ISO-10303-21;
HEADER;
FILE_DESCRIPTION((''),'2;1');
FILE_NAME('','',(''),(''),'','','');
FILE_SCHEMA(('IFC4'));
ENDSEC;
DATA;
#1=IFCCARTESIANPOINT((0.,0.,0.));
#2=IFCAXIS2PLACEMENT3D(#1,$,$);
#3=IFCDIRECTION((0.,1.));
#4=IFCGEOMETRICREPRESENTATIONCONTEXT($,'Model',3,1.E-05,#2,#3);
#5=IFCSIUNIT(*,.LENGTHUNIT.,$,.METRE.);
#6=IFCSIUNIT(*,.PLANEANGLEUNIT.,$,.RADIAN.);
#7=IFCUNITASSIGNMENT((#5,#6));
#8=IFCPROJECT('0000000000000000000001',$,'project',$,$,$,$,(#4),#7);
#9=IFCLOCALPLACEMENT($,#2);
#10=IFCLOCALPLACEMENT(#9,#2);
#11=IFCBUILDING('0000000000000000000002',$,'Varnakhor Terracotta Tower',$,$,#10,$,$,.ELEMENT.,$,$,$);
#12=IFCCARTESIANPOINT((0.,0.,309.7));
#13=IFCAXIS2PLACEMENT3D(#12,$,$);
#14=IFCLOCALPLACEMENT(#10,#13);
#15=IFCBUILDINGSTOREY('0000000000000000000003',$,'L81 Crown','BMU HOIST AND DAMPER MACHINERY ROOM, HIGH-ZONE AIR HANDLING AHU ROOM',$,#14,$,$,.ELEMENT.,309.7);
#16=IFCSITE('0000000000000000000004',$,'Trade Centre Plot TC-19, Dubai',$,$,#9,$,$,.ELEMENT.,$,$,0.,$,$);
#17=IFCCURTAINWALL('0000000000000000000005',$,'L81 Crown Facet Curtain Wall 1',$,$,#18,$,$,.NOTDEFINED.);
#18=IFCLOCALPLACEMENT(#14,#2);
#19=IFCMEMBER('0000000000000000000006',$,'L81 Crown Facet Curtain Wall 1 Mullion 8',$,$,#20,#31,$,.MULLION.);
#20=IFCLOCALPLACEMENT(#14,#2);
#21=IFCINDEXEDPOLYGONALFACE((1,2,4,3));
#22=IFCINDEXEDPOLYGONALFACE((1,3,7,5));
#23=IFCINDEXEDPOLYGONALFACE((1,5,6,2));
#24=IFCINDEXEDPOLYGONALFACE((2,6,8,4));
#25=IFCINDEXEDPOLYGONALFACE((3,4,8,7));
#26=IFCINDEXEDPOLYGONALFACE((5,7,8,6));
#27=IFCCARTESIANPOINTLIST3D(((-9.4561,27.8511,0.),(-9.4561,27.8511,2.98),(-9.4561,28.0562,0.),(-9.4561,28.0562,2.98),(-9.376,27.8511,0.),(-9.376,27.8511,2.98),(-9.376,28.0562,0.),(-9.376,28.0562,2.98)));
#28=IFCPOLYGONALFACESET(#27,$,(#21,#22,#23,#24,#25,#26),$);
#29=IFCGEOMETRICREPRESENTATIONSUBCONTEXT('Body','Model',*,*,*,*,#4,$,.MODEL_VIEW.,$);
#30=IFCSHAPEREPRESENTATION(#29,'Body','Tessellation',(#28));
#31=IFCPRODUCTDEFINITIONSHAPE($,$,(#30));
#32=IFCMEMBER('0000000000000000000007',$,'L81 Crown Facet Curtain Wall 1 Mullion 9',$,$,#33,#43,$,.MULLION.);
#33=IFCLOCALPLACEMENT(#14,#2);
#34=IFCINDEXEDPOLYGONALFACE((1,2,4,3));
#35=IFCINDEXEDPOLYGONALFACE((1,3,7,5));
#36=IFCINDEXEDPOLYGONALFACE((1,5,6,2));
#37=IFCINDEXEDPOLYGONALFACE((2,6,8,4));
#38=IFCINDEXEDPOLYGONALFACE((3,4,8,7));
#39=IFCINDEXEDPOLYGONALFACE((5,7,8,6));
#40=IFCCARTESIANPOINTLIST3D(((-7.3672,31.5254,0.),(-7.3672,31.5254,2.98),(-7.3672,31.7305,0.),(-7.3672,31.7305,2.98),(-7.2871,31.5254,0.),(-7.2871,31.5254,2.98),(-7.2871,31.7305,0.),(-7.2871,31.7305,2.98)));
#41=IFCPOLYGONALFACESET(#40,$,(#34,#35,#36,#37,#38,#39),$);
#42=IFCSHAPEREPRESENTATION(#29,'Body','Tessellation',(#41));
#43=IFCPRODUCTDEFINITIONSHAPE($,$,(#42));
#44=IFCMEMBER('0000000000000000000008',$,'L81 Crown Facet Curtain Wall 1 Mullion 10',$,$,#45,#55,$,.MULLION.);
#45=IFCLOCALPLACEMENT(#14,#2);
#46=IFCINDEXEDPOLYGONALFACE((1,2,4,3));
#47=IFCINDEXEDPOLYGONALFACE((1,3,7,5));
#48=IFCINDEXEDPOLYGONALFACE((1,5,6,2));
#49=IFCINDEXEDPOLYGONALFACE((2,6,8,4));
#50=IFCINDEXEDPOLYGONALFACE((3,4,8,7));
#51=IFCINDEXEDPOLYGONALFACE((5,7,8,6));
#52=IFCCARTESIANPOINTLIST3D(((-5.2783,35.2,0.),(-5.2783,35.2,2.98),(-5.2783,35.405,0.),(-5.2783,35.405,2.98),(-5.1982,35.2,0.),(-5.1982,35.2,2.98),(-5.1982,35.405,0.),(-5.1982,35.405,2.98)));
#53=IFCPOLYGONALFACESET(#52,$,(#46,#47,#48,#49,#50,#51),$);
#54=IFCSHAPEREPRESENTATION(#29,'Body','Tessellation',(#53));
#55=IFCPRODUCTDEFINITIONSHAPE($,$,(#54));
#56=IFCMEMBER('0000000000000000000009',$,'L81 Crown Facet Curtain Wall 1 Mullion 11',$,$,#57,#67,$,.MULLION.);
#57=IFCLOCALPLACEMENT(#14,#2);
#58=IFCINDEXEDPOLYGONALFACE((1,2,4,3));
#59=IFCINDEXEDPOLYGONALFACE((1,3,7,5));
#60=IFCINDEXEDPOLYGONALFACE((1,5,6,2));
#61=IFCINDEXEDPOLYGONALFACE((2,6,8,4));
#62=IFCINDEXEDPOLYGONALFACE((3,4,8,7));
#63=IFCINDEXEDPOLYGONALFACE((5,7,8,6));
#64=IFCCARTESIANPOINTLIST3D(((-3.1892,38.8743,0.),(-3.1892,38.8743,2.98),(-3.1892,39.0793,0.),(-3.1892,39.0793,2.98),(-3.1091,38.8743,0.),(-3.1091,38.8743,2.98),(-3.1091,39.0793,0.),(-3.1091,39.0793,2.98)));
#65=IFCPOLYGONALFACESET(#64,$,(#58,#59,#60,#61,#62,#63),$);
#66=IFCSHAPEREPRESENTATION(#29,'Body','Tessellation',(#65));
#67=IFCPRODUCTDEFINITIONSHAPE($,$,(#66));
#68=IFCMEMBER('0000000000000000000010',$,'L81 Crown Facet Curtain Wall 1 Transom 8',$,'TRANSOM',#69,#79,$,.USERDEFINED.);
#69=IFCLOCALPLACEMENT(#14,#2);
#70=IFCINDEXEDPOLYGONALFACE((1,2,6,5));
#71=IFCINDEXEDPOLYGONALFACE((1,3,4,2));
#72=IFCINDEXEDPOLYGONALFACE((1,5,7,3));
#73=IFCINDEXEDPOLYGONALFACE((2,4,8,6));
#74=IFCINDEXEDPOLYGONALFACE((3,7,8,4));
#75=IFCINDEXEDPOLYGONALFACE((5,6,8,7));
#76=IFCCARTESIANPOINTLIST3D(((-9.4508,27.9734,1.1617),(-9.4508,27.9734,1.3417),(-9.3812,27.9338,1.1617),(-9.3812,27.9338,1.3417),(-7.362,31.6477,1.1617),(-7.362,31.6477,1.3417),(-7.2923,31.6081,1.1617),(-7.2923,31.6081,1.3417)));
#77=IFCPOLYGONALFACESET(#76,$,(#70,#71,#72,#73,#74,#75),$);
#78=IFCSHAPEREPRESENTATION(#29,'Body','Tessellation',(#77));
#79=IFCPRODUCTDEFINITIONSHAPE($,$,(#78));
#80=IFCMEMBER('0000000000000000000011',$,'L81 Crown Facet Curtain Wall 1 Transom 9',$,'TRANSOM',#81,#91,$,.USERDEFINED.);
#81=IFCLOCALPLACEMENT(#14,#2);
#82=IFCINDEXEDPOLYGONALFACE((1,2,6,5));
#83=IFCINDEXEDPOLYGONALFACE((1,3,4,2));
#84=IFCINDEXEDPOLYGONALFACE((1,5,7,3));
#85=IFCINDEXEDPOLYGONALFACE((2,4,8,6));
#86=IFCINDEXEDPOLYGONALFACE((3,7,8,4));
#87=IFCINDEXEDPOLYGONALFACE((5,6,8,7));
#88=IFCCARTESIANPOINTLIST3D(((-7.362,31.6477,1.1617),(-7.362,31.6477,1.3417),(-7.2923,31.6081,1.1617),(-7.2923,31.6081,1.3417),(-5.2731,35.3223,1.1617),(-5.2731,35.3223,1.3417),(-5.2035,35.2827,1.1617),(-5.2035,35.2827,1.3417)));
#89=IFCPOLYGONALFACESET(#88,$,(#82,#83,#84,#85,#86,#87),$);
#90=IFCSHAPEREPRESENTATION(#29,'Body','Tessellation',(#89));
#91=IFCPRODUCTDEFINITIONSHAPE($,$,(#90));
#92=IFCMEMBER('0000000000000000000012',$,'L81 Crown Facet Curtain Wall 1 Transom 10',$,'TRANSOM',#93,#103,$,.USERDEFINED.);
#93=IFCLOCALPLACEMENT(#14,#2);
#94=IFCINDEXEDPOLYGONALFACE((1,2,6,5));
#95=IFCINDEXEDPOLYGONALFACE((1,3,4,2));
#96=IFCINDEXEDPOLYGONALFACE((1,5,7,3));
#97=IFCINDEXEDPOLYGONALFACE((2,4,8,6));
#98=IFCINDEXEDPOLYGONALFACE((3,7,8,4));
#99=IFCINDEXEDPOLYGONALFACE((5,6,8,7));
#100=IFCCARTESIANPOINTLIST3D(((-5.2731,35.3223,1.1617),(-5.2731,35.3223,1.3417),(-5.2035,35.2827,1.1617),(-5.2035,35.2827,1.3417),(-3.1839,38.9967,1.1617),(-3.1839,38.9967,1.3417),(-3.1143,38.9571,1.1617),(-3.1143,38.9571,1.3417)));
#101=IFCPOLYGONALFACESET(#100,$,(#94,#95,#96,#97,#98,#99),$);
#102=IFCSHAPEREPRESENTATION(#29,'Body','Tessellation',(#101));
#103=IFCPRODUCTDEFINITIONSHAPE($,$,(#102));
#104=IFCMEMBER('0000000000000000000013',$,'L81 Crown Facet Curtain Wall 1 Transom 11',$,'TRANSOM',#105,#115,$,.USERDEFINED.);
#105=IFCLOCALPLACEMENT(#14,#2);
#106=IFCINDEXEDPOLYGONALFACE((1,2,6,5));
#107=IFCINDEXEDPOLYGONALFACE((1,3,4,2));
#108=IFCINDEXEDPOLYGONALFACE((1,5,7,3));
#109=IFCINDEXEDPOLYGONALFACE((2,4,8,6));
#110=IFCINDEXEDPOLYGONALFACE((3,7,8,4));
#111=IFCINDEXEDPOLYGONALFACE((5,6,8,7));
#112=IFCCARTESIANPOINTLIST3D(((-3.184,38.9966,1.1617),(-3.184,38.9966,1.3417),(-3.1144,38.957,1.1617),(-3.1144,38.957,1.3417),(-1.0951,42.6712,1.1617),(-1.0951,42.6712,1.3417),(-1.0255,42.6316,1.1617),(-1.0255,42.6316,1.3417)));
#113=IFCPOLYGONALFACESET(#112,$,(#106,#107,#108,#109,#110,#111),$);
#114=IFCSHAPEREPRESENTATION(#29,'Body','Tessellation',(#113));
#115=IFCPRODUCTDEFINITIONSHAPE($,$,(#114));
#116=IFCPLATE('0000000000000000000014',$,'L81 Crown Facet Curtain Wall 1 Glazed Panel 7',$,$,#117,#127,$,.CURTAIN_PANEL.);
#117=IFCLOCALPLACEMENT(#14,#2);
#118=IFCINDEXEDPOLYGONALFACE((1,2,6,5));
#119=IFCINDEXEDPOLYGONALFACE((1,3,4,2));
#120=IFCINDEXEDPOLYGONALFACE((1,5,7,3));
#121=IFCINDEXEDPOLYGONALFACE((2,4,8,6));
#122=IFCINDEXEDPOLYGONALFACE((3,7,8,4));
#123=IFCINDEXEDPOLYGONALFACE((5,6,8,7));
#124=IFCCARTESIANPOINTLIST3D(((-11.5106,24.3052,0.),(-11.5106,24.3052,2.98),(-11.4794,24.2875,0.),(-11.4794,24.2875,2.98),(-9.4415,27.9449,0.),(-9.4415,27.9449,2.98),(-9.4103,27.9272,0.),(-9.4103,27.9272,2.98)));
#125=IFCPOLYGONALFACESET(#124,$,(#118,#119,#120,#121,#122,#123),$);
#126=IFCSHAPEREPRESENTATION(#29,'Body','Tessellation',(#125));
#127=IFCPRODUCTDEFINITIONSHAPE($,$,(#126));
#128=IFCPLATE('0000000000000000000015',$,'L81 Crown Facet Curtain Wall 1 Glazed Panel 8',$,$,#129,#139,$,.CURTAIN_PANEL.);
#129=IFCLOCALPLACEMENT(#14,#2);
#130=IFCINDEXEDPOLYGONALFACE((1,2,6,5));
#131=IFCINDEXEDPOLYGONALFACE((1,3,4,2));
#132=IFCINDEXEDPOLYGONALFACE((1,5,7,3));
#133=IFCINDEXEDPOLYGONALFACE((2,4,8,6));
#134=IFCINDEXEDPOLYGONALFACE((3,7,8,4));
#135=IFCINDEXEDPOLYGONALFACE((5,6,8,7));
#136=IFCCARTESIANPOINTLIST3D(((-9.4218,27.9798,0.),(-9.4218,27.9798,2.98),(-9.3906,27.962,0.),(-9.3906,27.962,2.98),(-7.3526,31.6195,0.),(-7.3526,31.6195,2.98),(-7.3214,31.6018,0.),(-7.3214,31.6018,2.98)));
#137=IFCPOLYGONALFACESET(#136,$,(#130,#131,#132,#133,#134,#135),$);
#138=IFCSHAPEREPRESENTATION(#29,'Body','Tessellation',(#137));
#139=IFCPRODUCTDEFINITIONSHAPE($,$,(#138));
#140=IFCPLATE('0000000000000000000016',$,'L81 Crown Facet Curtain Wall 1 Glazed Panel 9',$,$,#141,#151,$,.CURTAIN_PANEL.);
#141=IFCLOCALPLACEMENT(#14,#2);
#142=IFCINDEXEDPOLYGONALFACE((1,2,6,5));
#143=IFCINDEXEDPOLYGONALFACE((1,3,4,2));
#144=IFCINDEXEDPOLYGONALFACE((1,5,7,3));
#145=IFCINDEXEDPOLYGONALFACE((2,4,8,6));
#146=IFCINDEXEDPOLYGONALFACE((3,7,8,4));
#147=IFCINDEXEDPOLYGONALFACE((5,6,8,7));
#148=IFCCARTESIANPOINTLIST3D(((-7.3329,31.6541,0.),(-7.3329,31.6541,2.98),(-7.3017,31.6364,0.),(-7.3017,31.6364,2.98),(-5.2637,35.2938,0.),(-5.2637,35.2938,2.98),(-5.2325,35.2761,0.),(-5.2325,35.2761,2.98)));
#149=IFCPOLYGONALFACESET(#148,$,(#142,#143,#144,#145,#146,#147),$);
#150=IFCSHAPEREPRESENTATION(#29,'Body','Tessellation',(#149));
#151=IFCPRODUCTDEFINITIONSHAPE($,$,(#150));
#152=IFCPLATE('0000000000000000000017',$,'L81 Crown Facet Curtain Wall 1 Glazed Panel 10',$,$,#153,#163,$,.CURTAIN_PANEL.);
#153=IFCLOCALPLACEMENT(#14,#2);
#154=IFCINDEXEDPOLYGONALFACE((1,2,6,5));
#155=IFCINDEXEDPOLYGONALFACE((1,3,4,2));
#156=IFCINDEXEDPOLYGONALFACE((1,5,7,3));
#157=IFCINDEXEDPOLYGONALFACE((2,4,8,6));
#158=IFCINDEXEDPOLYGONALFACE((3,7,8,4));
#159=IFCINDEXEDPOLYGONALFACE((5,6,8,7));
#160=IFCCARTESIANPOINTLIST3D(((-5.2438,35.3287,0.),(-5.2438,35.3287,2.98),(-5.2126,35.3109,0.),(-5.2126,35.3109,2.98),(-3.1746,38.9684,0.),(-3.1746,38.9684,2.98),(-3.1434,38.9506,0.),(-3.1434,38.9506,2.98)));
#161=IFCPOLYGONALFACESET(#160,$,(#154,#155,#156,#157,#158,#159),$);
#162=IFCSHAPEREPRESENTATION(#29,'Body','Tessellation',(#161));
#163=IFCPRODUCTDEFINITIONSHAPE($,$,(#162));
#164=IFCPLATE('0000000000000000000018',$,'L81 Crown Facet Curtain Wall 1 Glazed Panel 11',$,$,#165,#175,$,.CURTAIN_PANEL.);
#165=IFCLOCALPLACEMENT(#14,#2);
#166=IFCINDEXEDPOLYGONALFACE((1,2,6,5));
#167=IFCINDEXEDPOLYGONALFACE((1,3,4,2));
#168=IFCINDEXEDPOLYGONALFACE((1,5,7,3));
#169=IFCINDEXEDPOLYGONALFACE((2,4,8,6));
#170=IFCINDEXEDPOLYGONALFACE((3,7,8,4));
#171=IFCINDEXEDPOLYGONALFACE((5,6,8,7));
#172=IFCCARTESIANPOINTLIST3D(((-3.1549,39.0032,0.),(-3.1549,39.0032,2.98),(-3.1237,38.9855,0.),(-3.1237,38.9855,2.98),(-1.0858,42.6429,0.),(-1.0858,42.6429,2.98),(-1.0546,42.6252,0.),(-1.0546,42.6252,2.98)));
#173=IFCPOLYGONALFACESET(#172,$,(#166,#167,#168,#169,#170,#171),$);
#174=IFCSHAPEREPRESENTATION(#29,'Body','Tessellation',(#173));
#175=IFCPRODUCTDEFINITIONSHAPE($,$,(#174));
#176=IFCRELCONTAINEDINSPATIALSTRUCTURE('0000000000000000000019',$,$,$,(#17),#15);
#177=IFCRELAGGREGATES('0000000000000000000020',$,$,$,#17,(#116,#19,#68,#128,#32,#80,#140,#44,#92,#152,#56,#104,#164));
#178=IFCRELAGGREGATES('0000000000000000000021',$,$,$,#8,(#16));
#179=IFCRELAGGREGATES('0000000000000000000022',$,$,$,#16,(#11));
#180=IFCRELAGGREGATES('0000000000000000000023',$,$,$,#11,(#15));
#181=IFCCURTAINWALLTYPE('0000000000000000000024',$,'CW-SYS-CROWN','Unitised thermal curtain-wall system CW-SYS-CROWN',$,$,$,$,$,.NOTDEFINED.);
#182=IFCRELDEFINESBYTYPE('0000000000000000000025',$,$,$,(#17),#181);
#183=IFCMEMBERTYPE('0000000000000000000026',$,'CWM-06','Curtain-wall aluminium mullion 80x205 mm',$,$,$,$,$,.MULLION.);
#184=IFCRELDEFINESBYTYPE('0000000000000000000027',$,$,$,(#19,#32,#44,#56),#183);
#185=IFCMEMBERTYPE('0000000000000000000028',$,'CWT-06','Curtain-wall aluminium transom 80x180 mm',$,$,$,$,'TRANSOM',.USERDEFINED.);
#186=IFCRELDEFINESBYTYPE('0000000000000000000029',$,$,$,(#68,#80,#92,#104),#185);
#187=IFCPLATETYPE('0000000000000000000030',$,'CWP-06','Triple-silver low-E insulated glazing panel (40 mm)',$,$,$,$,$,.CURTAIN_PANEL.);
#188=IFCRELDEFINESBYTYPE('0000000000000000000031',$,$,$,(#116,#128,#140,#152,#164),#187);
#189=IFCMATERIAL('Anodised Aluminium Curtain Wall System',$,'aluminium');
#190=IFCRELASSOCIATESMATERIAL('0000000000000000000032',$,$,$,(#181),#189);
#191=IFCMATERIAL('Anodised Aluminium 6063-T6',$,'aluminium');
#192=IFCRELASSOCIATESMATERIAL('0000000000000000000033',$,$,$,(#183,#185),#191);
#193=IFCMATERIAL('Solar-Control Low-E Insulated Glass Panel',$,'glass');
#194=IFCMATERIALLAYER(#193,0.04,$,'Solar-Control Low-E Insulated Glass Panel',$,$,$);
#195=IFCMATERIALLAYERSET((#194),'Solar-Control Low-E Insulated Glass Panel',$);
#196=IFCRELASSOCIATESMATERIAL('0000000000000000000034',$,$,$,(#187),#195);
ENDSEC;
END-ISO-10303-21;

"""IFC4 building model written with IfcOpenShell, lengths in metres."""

from ifc_helpers import new_model, si_unit, direction, frame, origin, origin_2d, place, context, subcontext, project, spatial, rectangle, extrude, source, transform, mapped, material, layer, layer_set, material_profile, profile_set, type_object, type_shapes, element, aggregate, save


model = new_model("IFC4")

# Units and contexts
model_context = context("Model", 3, precision=1e-05, world=origin(), true_north=direction((0.0, 1.0)))
body_context = subcontext(model_context, "Body", "Model", "MODEL_VIEW")
ifc_project = project(units=[si_unit("LENGTHUNIT", "METRE"), si_unit("PLANEANGLEUNIT", "RADIAN")], contexts=[model_context])

# Site, building, storey
site_placement = place(None, origin())
site = spatial("IfcSite", under=ifc_project, at=site_placement, Name="Trade Centre Plot TC-19, Dubai", CompositionType="ELEMENT", RefElevation=0.0)
building_placement = place(site_placement, origin())
building = spatial("IfcBuilding", under=site, at=building_placement, Name="Varnakhor Terracotta Tower", CompositionType="ELEMENT")
storey_placement = place(building_placement, frame((0.0, 0.0, 309.7)))
storey = spatial("IfcBuildingStorey", under=building, at=storey_placement, Name="L81 Crown", Description="BMU HOIST AND DAMPER MACHINERY ROOM, HIGH-ZONE AIR HANDLING AHU ROOM", CompositionType="ELEMENT", Elevation=309.7)

# Curtain wall, members, plates
ifc_material_1 = material(Name="Anodised Aluminium Curtain Wall System", Category="aluminium")
curtain_wall_type = type_object("IfcCurtainWallType", Name="CW-SYS-CROWN", Description="Unitised thermal curtain-wall system CW-SYS-CROWN", PredefinedType="NOTDEFINED", material=ifc_material_1)
curtain_wall_placement = place(storey_placement, origin())
curtain_wall = element("IfcCurtainWall", 1, at=curtain_wall_placement, inside=storey, type_object=curtain_wall_type, Name="L81 Crown Facet Curtain Wall 1", PredefinedType="NOTDEFINED")
ifc_material_2 = material(Name="Anodised Aluminium 6063-T6", Category="aluminium")
ifc_material_profile_1 = material_profile(ifc_material_2, rectangle(XDim=0.0801, YDim=0.2051, at=origin_2d()), Name="ALU MULLION 80x205")
ifc_profile_set_1 = profile_set([ifc_material_profile_1], Name="Anodised Aluminium 6063-T6")
member_type_1 = type_object("IfcMemberType", Name="CWM-06", Description="Curtain-wall aluminium mullion 80x205 mm", PredefinedType="MULLION", material=ifc_profile_set_1)
shared_shape_1 = source(origin(), body_context, "Body", "SweptSolid", [
    extrude(rectangle(XDim=0.0801, YDim=0.2051, at=origin_2d()), origin(), (0.0, 0.0, 1.0), 2.98),
])
type_shapes(member_type_1, [shared_shape_1])
member_1_placement = place(storey_placement, frame((-9.416, 27.9536, 0.0), z_axis=(0.0, 0.0, 1.0), x_axis=(1.0, 0.0, 0.0)))
member_1 = element("IfcMember", 2, at=member_1_placement, type_object=member_type_1, Name="L81 Crown Facet Curtain Wall 1 Mullion 8", PredefinedType="MULLION", context=body_context, shape_type="MappedRepresentation", body=[
    mapped(shared_shape_1, transform((0.0, 0.0, 0.0), scale=1.0)),
])
member_2_placement = place(storey_placement, frame((-7.3271, 31.6279, 0.0), z_axis=(0.0, 0.0, 1.0), x_axis=(1.0, 0.0, 0.0)))
member_2 = element("IfcMember", 3, at=member_2_placement, type_object=member_type_1, Name="L81 Crown Facet Curtain Wall 1 Mullion 9", PredefinedType="MULLION", context=body_context, shape_type="MappedRepresentation", body=[
    mapped(shared_shape_1, transform((0.0, 0.0, 0.0), scale=1.0)),
])
member_3_placement = place(storey_placement, frame((-5.2383, 35.3025, 0.0), z_axis=(0.0, 0.0, 1.0), x_axis=(1.0, 0.0, 0.0)))
member_3 = element("IfcMember", 4, at=member_3_placement, type_object=member_type_1, Name="L81 Crown Facet Curtain Wall 1 Mullion 10", PredefinedType="MULLION", context=body_context, shape_type="MappedRepresentation", body=[
    mapped(shared_shape_1, transform((0.0, 0.0, 0.0), scale=1.0)),
])
member_4_placement = place(storey_placement, frame((-3.1492, 38.9768, 0.0), z_axis=(0.0, 0.0, 1.0), x_axis=(1.0, 0.0, 0.0)))
member_4 = element("IfcMember", 5, at=member_4_placement, type_object=member_type_1, Name="L81 Crown Facet Curtain Wall 1 Mullion 11", PredefinedType="MULLION", context=body_context, shape_type="MappedRepresentation", body=[
    mapped(shared_shape_1, transform((0.0, 0.0, 0.0), scale=1.0)),
])
ifc_material_profile_2 = material_profile(ifc_material_2, rectangle(XDim=0.0801, YDim=0.1799, at=origin_2d()), Name="ALU TRANSOM 80x180")
ifc_profile_set_2 = profile_set([ifc_material_profile_2], Name="Anodised Aluminium 6063-T6")
member_type_2 = type_object("IfcMemberType", Name="CWT-06", Description="Curtain-wall aluminium transom 80x180 mm", ElementType="TRANSOM", PredefinedType="USERDEFINED", material=ifc_profile_set_2)
shared_shape_2 = source(origin(), body_context, "Body", "SweptSolid", [
    extrude(rectangle(XDim=0.0801, YDim=0.1799, at=origin_2d()), origin(), (0.0, 0.0, 1.0), 4.2266),
])
type_shapes(member_type_2, [shared_shape_2])
member_5_placement = place(storey_placement, frame((-9.416, 27.9536, 1.2517), z_axis=(0.494222, 0.869336, 0.0), x_axis=(-0.869336, 0.494222, 0.0)))
member_5 = element("IfcMember", 6, at=member_5_placement, type_object=member_type_2, Name="L81 Crown Facet Curtain Wall 1 Transom 8", ObjectType="TRANSOM", PredefinedType="USERDEFINED", context=body_context, shape_type="MappedRepresentation", body=[
    mapped(shared_shape_2, transform((0.0, 0.0, 0.0), scale=1.0)),
])
shared_shape_3 = source(origin(), body_context, "Body", "SweptSolid", [
    extrude(rectangle(XDim=0.0801, YDim=0.1799, at=origin_2d()), origin(), (0.0, 0.0, 1.0), 4.2268),
])
member_6_placement = place(storey_placement, frame((-7.3271, 31.6279, 1.2517), z_axis=(0.494197, 0.86935, 0.0), x_axis=(-0.86935, 0.494197, 0.0)))
member_6 = element("IfcMember", 7, at=member_6_placement, type_object=member_type_2, Name="L81 Crown Facet Curtain Wall 1 Transom 9", ObjectType="TRANSOM", PredefinedType="USERDEFINED", context=body_context, shape_type="MappedRepresentation", body=[
    mapped(shared_shape_3, transform((0.0, 0.0, 0.0), scale=1.0)),
])
member_7_placement = place(storey_placement, frame((-5.2383, 35.3025, 1.2517), z_axis=(0.494265, 0.869311, 0.0), x_axis=(-0.869311, 0.494265, 0.0)))
member_7 = element("IfcMember", 8, at=member_7_placement, type_object=member_type_2, Name="L81 Crown Facet Curtain Wall 1 Transom 10", ObjectType="TRANSOM", PredefinedType="USERDEFINED", context=body_context, shape_type="MappedRepresentation", body=[
    mapped(shared_shape_3, transform((0.0, 0.0, 0.0), scale=1.0)),
])
member_8_placement = place(storey_placement, frame((-3.1492, 38.9768, 1.2517), z_axis=(0.494197, 0.86935, 0.0), x_axis=(-0.86935, 0.494197, 0.0)))
member_8 = element("IfcMember", 9, at=member_8_placement, type_object=member_type_2, Name="L81 Crown Facet Curtain Wall 1 Transom 11", ObjectType="TRANSOM", PredefinedType="USERDEFINED", context=body_context, shape_type="MappedRepresentation", body=[
    mapped(shared_shape_3, transform((0.0, 0.0, 0.0), scale=1.0)),
])
ifc_material_3 = material(Name="Solar-Control Low-E Insulated Glass Panel", Category="glass")
ifc_layer_1 = layer(ifc_material_3, 0.04, Name="Solar-Control Low-E Insulated Glass Panel")
ifc_layer_set_1 = layer_set([ifc_layer_1], Name="Solar-Control Low-E Insulated Glass Panel")
plate_type = type_object("IfcPlateType", Name="CWP-06", Description="Triple-silver low-E insulated glazing panel (40 mm)", PredefinedType="CURTAIN_PANEL", material=ifc_layer_set_1)
shared_shape_4 = source(origin(), body_context, "Body", "SweptSolid", [
    extrude(rectangle(XDim=4.1868, YDim=0.0359, at=origin_2d()), origin(), (0.0, 0.0, 1.0), 2.98),
])
type_shapes(plate_type, [shared_shape_4])
plate_1_placement = place(storey_placement, frame((-10.4604, 26.1162, 0.0), z_axis=(0.0, 0.0, 1.0), x_axis=(0.494215, 0.86934, 0.0)))
plate_1 = element("IfcPlate", 10, at=plate_1_placement, type_object=plate_type, Name="L81 Crown Facet Curtain Wall 1 Glazed Panel 7", PredefinedType="CURTAIN_PANEL", context=body_context, shape_type="MappedRepresentation", body=[
    mapped(shared_shape_4, transform((0.0, 0.0, 0.0), scale=1.0)),
])
plate_2_placement = place(storey_placement, frame((-8.3716, 29.7908, 0.0), z_axis=(0.0, 0.0, 1.0), x_axis=(0.494215, 0.86934, 0.0)))
plate_2 = element("IfcPlate", 11, at=plate_2_placement, type_object=plate_type, Name="L81 Crown Facet Curtain Wall 1 Glazed Panel 8", PredefinedType="CURTAIN_PANEL", context=body_context, shape_type="MappedRepresentation", body=[
    mapped(shared_shape_4, transform((0.0, 0.0, 0.0), scale=1.0)),
])
plate_3_placement = place(storey_placement, frame((-6.2827, 33.4651, 0.0), z_axis=(0.0, 0.0, 1.0), x_axis=(0.494215, 0.86934, 0.0)))
plate_3 = element("IfcPlate", 12, at=plate_3_placement, type_object=plate_type, Name="L81 Crown Facet Curtain Wall 1 Glazed Panel 9", PredefinedType="CURTAIN_PANEL", context=body_context, shape_type="MappedRepresentation", body=[
    mapped(shared_shape_4, transform((0.0, 0.0, 0.0), scale=1.0)),
])
plate_4_placement = place(storey_placement, frame((-4.1936, 37.1396, 0.0), z_axis=(0.0, 0.0, 1.0), x_axis=(0.494215, 0.86934, 0.0)))
plate_4 = element("IfcPlate", 13, at=plate_4_placement, type_object=plate_type, Name="L81 Crown Facet Curtain Wall 1 Glazed Panel 10", PredefinedType="CURTAIN_PANEL", context=body_context, shape_type="MappedRepresentation", body=[
    mapped(shared_shape_4, transform((0.0, 0.0, 0.0), scale=1.0)),
])
plate_5_placement = place(storey_placement, frame((-2.1047, 40.8142, 0.0), z_axis=(0.0, 0.0, 1.0), x_axis=(0.494215, 0.86934, 0.0)))
plate_5 = element("IfcPlate", 14, at=plate_5_placement, type_object=plate_type, Name="L81 Crown Facet Curtain Wall 1 Glazed Panel 11", PredefinedType="CURTAIN_PANEL", context=body_context, shape_type="MappedRepresentation", body=[
    mapped(shared_shape_4, transform((0.0, 0.0, 0.0), scale=1.0)),
])
aggregate(curtain_wall, [plate_1, member_1, member_5, plate_2, member_2, member_6, plate_3, member_3, member_7, plate_4, member_4, member_8, plate_5])

save(model, "model.ifc")
